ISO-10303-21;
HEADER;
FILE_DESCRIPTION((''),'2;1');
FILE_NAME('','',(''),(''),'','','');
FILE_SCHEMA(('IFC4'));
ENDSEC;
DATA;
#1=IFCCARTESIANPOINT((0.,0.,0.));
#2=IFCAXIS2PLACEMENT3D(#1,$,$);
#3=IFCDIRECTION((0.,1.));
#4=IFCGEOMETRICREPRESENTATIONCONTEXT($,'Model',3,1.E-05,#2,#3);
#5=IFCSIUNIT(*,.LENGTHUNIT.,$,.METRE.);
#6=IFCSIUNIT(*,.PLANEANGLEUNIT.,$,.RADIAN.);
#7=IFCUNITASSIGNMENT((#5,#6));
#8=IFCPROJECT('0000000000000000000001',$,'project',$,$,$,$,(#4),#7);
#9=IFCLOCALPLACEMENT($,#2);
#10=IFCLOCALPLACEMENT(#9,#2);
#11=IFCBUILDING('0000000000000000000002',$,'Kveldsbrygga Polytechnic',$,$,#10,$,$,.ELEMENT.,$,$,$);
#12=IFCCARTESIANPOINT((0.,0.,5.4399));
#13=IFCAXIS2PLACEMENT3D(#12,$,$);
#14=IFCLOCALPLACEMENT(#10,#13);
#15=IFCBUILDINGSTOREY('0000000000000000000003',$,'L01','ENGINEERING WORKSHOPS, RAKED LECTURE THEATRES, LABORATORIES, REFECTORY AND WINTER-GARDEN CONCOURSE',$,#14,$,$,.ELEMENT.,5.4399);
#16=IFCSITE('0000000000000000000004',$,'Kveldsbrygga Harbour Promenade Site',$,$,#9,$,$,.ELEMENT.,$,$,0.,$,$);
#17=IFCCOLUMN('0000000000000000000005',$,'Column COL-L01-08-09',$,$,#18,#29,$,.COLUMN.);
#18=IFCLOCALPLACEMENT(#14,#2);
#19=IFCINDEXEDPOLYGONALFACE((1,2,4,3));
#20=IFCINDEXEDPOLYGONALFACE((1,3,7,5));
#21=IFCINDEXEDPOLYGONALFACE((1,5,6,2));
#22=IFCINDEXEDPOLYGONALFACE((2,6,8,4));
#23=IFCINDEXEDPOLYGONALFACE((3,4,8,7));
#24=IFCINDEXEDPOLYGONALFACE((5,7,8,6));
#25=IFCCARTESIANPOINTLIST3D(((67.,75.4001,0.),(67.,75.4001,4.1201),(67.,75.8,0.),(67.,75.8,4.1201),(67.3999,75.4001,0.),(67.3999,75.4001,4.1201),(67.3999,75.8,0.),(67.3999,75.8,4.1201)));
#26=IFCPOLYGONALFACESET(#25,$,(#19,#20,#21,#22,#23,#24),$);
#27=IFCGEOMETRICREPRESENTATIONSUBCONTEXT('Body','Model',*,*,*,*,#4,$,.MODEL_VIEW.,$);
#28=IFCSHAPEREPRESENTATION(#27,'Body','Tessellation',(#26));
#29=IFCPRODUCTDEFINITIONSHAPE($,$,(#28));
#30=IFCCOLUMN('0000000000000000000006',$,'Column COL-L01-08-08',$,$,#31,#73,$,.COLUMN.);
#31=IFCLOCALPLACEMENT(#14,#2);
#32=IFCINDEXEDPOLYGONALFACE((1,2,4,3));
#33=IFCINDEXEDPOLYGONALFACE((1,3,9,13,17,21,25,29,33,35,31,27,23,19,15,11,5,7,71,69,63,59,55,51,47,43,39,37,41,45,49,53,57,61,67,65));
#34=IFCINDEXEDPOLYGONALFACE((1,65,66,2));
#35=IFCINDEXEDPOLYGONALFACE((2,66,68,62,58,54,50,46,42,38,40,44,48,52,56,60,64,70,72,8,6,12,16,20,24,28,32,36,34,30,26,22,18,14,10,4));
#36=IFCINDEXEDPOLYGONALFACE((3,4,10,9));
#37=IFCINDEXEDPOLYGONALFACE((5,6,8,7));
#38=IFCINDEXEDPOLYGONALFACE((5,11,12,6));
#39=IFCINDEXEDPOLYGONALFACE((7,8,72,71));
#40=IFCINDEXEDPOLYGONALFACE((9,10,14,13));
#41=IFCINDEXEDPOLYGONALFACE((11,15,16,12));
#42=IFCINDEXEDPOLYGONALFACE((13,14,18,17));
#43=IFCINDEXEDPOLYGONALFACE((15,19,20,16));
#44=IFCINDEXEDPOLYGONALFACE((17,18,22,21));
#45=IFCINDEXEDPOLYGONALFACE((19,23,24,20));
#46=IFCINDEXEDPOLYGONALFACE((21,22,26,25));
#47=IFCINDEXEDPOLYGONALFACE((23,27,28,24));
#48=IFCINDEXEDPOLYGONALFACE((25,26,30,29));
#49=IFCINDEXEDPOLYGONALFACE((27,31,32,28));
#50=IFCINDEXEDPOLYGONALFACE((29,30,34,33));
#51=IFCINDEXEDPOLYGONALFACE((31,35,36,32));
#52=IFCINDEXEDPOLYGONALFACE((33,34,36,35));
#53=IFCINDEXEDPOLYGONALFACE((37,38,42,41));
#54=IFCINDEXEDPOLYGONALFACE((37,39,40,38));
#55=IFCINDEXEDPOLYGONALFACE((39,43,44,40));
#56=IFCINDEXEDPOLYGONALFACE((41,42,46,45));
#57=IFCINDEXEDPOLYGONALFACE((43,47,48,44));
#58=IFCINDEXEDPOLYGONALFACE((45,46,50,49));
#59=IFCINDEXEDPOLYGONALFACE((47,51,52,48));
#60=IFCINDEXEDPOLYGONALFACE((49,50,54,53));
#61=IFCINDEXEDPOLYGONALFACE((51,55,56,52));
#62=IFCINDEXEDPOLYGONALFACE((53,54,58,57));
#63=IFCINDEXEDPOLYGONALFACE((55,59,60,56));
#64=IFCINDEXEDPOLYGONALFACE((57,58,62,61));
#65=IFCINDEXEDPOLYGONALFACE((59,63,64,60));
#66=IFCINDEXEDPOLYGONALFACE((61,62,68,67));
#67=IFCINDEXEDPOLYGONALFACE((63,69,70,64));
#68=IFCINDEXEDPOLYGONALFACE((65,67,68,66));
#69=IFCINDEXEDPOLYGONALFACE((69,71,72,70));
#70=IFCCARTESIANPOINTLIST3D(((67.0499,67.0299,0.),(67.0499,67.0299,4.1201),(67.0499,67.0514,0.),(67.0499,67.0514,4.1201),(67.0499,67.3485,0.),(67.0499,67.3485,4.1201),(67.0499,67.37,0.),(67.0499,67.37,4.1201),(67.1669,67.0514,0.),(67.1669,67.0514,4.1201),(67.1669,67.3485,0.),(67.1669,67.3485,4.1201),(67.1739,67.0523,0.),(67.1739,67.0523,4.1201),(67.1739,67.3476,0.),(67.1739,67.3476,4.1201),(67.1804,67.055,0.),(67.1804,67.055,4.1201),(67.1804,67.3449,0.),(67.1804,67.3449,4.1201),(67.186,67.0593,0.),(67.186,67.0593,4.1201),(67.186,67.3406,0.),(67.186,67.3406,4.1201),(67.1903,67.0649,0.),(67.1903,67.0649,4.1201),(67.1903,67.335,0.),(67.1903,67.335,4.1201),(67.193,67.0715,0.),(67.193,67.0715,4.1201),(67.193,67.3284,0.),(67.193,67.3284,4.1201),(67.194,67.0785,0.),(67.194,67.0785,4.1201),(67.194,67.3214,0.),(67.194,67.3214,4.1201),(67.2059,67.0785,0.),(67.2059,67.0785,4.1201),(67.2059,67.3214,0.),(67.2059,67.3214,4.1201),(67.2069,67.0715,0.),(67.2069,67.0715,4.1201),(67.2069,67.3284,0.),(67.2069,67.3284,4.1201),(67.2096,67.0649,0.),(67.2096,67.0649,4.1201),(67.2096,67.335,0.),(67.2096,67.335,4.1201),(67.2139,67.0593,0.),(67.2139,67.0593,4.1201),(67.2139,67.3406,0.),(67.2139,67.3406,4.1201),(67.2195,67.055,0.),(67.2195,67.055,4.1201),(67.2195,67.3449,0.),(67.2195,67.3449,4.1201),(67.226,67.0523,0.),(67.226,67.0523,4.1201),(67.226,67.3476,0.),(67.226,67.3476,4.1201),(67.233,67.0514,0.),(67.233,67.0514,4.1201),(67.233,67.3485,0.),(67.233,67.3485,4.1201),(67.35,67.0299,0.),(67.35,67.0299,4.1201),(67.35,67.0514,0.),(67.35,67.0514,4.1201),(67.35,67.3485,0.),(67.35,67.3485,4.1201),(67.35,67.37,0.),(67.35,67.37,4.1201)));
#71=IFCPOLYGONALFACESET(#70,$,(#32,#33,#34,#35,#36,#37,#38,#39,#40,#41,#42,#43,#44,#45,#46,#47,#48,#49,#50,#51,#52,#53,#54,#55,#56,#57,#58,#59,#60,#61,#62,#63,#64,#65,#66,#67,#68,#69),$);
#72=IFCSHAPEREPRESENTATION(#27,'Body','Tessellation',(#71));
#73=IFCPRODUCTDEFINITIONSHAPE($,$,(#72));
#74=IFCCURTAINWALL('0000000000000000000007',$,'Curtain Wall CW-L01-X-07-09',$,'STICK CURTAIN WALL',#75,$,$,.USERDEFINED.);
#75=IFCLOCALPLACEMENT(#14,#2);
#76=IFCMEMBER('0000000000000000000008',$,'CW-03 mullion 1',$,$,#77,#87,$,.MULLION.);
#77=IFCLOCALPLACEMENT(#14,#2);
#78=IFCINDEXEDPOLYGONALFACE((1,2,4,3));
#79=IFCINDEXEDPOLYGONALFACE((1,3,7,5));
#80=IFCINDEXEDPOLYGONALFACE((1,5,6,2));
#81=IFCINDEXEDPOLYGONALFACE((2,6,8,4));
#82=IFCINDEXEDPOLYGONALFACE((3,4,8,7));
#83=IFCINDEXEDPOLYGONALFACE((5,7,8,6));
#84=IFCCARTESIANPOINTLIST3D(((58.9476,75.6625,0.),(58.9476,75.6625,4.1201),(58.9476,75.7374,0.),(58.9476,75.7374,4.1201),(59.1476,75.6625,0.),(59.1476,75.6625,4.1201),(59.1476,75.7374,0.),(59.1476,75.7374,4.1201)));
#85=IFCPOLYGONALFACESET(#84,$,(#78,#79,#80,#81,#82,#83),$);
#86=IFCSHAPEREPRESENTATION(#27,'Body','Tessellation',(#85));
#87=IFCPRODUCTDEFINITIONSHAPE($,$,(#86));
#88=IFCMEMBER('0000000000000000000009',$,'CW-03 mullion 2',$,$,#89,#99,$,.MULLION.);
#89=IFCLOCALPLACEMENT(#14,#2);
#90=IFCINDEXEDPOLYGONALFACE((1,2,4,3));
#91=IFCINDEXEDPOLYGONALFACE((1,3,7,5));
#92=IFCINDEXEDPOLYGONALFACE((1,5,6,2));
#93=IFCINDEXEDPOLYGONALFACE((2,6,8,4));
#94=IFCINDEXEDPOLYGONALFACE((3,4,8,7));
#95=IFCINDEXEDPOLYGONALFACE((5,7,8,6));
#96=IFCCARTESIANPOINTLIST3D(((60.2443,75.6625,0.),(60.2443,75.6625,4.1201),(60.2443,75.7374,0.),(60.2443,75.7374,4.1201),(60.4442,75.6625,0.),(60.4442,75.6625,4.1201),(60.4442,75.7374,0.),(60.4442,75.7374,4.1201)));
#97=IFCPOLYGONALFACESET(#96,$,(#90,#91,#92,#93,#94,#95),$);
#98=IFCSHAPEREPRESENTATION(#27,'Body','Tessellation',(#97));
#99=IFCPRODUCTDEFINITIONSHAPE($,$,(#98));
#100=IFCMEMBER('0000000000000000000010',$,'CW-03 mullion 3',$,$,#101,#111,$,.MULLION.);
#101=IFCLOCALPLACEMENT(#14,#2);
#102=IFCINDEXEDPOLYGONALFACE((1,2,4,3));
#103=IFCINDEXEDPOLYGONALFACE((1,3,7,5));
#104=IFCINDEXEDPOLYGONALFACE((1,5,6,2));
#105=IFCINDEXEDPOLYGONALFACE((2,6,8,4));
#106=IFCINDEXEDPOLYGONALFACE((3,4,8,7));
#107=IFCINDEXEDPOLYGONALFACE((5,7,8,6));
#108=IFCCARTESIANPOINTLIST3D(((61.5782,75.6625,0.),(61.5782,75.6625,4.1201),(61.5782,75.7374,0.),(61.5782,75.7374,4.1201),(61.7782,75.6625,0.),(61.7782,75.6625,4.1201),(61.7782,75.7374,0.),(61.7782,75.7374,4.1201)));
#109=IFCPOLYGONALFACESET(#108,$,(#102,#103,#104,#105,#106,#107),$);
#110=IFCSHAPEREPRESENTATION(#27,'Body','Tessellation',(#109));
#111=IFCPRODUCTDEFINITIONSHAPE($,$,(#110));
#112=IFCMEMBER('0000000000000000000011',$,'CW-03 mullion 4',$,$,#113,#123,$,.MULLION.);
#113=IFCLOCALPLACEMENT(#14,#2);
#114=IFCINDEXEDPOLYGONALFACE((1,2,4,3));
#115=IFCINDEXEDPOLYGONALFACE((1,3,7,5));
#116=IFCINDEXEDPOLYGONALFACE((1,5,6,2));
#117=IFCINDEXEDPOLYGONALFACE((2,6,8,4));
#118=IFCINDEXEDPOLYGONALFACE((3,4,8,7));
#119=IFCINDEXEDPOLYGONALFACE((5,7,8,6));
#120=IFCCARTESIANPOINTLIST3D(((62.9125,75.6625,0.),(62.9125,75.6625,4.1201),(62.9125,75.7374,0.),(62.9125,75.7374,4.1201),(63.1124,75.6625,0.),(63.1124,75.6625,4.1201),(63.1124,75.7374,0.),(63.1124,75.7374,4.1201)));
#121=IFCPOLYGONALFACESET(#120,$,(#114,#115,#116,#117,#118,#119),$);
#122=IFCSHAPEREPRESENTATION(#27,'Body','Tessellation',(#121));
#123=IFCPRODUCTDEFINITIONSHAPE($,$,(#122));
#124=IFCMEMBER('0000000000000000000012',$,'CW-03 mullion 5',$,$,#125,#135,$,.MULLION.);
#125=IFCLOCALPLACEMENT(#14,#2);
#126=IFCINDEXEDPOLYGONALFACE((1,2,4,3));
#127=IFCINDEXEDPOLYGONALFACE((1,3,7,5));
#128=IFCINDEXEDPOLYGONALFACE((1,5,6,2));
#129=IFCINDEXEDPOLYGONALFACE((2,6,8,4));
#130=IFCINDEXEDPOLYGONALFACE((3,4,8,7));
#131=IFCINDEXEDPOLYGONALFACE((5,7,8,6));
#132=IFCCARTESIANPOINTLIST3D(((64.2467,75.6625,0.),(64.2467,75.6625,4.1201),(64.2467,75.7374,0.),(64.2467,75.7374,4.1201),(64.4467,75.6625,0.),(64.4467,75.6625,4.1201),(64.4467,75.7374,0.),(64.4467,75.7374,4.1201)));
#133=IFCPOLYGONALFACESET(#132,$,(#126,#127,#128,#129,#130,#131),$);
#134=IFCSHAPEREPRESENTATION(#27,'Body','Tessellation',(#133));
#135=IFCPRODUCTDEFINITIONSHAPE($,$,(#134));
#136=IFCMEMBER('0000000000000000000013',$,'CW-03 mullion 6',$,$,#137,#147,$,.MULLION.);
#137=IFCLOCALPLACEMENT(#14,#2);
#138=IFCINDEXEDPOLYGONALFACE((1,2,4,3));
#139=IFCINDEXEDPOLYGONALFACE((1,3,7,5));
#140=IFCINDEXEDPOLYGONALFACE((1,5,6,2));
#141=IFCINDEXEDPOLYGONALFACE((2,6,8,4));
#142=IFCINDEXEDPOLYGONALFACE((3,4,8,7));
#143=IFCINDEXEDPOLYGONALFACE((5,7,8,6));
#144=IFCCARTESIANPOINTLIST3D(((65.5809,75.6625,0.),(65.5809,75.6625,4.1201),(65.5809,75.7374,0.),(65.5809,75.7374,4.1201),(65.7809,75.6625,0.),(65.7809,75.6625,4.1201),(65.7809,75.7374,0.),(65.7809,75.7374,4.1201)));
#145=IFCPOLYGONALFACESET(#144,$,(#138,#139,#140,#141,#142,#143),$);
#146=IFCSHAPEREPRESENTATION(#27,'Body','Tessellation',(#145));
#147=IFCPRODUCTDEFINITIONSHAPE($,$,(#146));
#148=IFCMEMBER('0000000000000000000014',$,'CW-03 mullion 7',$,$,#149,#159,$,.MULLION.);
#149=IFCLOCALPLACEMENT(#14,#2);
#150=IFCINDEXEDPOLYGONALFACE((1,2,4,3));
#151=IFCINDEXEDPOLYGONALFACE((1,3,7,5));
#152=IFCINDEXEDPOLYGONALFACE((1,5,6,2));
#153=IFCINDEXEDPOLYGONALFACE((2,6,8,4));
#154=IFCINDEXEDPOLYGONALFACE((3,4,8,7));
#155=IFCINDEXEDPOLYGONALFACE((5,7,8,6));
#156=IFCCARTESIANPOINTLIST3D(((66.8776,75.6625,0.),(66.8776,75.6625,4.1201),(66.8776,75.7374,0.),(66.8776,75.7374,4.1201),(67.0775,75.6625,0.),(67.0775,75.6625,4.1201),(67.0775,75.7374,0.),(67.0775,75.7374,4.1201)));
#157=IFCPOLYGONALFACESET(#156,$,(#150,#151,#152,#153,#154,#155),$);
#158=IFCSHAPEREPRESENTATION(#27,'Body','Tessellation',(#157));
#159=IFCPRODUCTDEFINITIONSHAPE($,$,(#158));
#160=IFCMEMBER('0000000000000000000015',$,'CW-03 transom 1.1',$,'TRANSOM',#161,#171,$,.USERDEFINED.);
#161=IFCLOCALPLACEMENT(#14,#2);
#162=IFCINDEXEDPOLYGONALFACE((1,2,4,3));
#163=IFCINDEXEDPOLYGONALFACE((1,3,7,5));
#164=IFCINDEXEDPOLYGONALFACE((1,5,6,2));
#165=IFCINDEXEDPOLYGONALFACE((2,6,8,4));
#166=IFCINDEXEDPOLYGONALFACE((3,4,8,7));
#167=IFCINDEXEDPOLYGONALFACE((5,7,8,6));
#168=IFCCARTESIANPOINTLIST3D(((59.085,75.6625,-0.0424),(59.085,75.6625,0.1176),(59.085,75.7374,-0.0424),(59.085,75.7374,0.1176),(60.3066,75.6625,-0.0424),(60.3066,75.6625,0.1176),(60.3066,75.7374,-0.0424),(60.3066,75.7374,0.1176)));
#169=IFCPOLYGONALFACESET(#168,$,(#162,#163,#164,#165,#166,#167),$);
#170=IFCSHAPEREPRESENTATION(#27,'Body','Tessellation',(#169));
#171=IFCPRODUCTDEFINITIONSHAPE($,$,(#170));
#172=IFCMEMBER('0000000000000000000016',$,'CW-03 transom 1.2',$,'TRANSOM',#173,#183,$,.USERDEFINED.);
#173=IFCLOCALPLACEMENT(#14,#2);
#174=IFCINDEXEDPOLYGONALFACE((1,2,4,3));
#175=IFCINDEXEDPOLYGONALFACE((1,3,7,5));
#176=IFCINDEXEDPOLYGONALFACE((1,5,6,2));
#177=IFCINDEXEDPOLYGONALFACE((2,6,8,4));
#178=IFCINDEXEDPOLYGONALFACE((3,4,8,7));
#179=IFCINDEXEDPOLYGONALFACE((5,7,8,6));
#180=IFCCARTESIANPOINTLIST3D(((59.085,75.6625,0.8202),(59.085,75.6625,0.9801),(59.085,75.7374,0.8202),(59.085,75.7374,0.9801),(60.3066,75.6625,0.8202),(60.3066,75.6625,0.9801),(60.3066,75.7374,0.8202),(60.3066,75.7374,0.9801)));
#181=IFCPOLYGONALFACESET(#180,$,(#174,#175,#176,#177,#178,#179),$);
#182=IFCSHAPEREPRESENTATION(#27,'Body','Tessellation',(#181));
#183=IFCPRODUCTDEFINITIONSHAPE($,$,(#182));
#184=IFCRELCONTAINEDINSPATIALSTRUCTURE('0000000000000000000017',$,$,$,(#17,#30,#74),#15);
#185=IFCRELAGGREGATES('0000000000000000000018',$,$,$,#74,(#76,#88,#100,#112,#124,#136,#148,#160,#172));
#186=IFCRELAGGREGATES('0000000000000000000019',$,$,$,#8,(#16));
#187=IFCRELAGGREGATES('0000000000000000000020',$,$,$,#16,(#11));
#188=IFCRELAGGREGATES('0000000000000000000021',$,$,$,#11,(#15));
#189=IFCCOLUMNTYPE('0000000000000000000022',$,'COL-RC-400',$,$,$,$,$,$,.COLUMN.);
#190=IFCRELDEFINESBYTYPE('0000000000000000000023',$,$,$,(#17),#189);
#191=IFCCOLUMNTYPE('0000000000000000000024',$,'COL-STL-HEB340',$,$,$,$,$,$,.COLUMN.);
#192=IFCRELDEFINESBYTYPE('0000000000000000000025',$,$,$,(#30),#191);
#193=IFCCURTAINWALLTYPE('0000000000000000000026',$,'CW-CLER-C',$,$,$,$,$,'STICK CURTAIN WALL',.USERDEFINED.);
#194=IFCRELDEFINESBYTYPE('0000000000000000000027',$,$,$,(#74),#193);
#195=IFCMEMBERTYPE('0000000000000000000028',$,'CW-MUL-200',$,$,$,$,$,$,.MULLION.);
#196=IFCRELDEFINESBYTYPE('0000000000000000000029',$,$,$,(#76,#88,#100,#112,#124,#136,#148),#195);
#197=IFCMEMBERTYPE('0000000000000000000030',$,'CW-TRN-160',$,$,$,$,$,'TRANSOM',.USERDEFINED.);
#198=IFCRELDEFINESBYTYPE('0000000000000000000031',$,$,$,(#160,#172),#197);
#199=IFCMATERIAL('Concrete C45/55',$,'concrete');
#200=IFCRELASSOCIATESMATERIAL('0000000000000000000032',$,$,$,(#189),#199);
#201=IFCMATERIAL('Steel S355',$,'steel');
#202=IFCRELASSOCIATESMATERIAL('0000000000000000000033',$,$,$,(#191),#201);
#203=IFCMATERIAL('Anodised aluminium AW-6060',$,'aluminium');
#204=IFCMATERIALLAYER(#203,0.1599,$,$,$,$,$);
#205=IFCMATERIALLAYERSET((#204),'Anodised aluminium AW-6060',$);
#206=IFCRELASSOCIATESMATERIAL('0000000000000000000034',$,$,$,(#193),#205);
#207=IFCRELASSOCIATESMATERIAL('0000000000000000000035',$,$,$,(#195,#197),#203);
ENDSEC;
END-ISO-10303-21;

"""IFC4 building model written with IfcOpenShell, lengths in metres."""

from ifc_helpers import new_model, si_unit, direction, frame, origin, origin_2d, place, context, subcontext, project, spatial, rectangle, i_section, extrude, material, layer, layer_set, material_profile, profile_set, type_object, element, aggregate, save


model = new_model("IFC4")

# Units and contexts
model_context = context("Model", 3, precision=1e-05, world=origin(), true_north=direction((0.0, 1.0)))
body_context = subcontext(model_context, "Body", "Model", "MODEL_VIEW")
ifc_project = project(units=[si_unit("LENGTHUNIT", "METRE"), si_unit("PLANEANGLEUNIT", "RADIAN")], contexts=[model_context])

# Site, building, storey
site_placement = place(None, origin())
site = spatial("IfcSite", under=ifc_project, at=site_placement, Name="Kveldsbrygga Harbour Promenade Site", CompositionType="ELEMENT", RefElevation=0.0)
building_placement = place(site_placement, origin())
building = spatial("IfcBuilding", under=site, at=building_placement, Name="Kveldsbrygga Polytechnic", CompositionType="ELEMENT")
storey_placement = place(building_placement, frame((0.0, 0.0, 5.4399)))
storey = spatial("IfcBuildingStorey", under=building, at=storey_placement, Name="L01", Description="ENGINEERING WORKSHOPS, RAKED LECTURE THEATRES, LABORATORIES, REFECTORY AND WINTER-GARDEN CONCOURSE", CompositionType="ELEMENT", Elevation=5.4399)

# Columns
ifc_material_1 = material(Name="Concrete C45/55", Category="concrete")
ifc_material_profile_1 = material_profile(ifc_material_1, rectangle(XDim=0.3999, YDim=0.3999, at=origin_2d()), Name="RC 400x400")
ifc_profile_set_1 = profile_set([ifc_material_profile_1], Name="Concrete C45/55")
column_type_1 = type_object("IfcColumnType", Name="COL-RC-400", PredefinedType="COLUMN", material=ifc_profile_set_1)
column_1_placement = place(storey_placement, frame((67.2, 75.6001, 0.0), z_axis=(0.0, 0.0, 1.0), x_axis=(1.0, 0.0, 0.0)))
element("IfcColumn", 1, at=column_1_placement, inside=storey, type_object=column_type_1, Name="Column COL-L01-08-09", PredefinedType="COLUMN", context=body_context, shape_type="SweptSolid", body=[
    extrude(rectangle(XDim=0.3999, YDim=0.3999, at=origin_2d()), origin(), (0.0, 0.0, 1.0), 4.1201),
])
ifc_material_2 = material(Name="Steel S355", Category="steel")
ifc_material_profile_2 = material_profile(ifc_material_2, i_section(OverallWidth=0.3, OverallDepth=0.3401, WebThickness=0.012, FlangeThickness=0.0215, FilletRadius=0.0271, at=origin_2d()), Name="HEB 340")
ifc_profile_set_2 = profile_set([ifc_material_profile_2], Name="Steel S355")
column_type_2 = type_object("IfcColumnType", Name="COL-STL-HEB340", PredefinedType="COLUMN", material=ifc_profile_set_2)
column_2_placement = place(storey_placement, frame((67.2, 67.2, 0.0), z_axis=(0.0, 0.0, 1.0), x_axis=(1.0, 0.0, 0.0)))
element("IfcColumn", 2, at=column_2_placement, inside=storey, type_object=column_type_2, Name="Column COL-L01-08-08", PredefinedType="COLUMN", context=body_context, shape_type="SweptSolid", body=[
    extrude(i_section(OverallWidth=0.3, OverallDepth=0.3401, WebThickness=0.012, FlangeThickness=0.0215, FilletRadius=0.0271, at=origin_2d()), origin(), (0.0, 0.0, 1.0), 4.1201),
])

# Curtain wall, members
ifc_material_3 = material(Name="Anodised aluminium AW-6060", Category="aluminium")
ifc_layer_1 = layer(ifc_material_3, 0.1599)
ifc_layer_set_1 = layer_set([ifc_layer_1], Name="Anodised aluminium AW-6060")
curtain_wall_type = type_object("IfcCurtainWallType", Name="CW-CLER-C", ElementType="STICK CURTAIN WALL", PredefinedType="USERDEFINED", material=ifc_layer_set_1)
curtain_wall_placement = place(storey_placement, origin())
curtain_wall = element("IfcCurtainWall", 3, at=curtain_wall_placement, inside=storey, type_object=curtain_wall_type, Name="Curtain Wall CW-L01-X-07-09", ObjectType="STICK CURTAIN WALL", PredefinedType="USERDEFINED")
ifc_material_profile_3 = material_profile(ifc_material_3, rectangle(XDim=0.075, YDim=0.2, at=origin_2d()), Name="ALU 75x200")
ifc_profile_set_3 = profile_set([ifc_material_profile_3], Name="Anodised aluminium AW-6060")
member_type_1 = type_object("IfcMemberType", Name="CW-MUL-200", PredefinedType="MULLION", material=ifc_profile_set_3)
member_1_placement = place(storey_placement, frame((59.0476, 75.7, 0.0), z_axis=(0.0, 0.0, 1.0), x_axis=(0.0, 1.0, 0.0)))
member_1 = element("IfcMember", 4, at=member_1_placement, type_object=member_type_1, Name="CW-03 mullion 1", PredefinedType="MULLION", context=body_context, shape_type="SweptSolid", body=[
    extrude(rectangle(XDim=0.075, YDim=0.2, at=origin_2d()), origin(), (0.0, 0.0, 1.0), 4.1201),
])
member_2_placement = place(storey_placement, frame((60.3442, 75.7, 0.0), z_axis=(0.0, 0.0, 1.0), x_axis=(0.0, 1.0, 0.0)))
member_2 = element("IfcMember", 5, at=member_2_placement, type_object=member_type_1, Name="CW-03 mullion 2", PredefinedType="MULLION", context=body_context, shape_type="SweptSolid", body=[
    extrude(rectangle(XDim=0.075, YDim=0.2, at=origin_2d()), origin(), (0.0, 0.0, 1.0), 4.1201),
])
member_3_placement = place(storey_placement, frame((61.6782, 75.7, 0.0), z_axis=(0.0, 0.0, 1.0), x_axis=(0.0, 1.0, 0.0)))
member_3 = element("IfcMember", 6, at=member_3_placement, type_object=member_type_1, Name="CW-03 mullion 3", PredefinedType="MULLION", context=body_context, shape_type="SweptSolid", body=[
    extrude(rectangle(XDim=0.075, YDim=0.2, at=origin_2d()), origin(), (0.0, 0.0, 1.0), 4.1201),
])
member_4_placement = place(storey_placement, frame((63.0125, 75.7, 0.0), z_axis=(0.0, 0.0, 1.0), x_axis=(0.0, 1.0, 0.0)))
member_4 = element("IfcMember", 7, at=member_4_placement, type_object=member_type_1, Name="CW-03 mullion 4", PredefinedType="MULLION", context=body_context, shape_type="SweptSolid", body=[
    extrude(rectangle(XDim=0.075, YDim=0.2, at=origin_2d()), origin(), (0.0, 0.0, 1.0), 4.1201),
])
member_5_placement = place(storey_placement, frame((64.3467, 75.7, 0.0), z_axis=(0.0, 0.0, 1.0), x_axis=(0.0, 1.0, 0.0)))
member_5 = element("IfcMember", 8, at=member_5_placement, type_object=member_type_1, Name="CW-03 mullion 5", PredefinedType="MULLION", context=body_context, shape_type="SweptSolid", body=[
    extrude(rectangle(XDim=0.075, YDim=0.2, at=origin_2d()), origin(), (0.0, 0.0, 1.0), 4.1201),
])
member_6_placement = place(storey_placement, frame((65.6809, 75.7, 0.0), z_axis=(0.0, 0.0, 1.0), x_axis=(0.0, 1.0, 0.0)))
member_6 = element("IfcMember", 9, at=member_6_placement, type_object=member_type_1, Name="CW-03 mullion 6", PredefinedType="MULLION", context=body_context, shape_type="SweptSolid", body=[
    extrude(rectangle(XDim=0.075, YDim=0.2, at=origin_2d()), origin(), (0.0, 0.0, 1.0), 4.1201),
])
member_7_placement = place(storey_placement, frame((66.9775, 75.7, 0.0), z_axis=(0.0, 0.0, 1.0), x_axis=(0.0, 1.0, 0.0)))
member_7 = element("IfcMember", 10, at=member_7_placement, type_object=member_type_1, Name="CW-03 mullion 7", PredefinedType="MULLION", context=body_context, shape_type="SweptSolid", body=[
    extrude(rectangle(XDim=0.075, YDim=0.2, at=origin_2d()), origin(), (0.0, 0.0, 1.0), 4.1201),
])
ifc_material_profile_4 = material_profile(ifc_material_3, rectangle(XDim=0.075, YDim=0.1599, at=origin_2d()), Name="ALU 75x160")
ifc_profile_set_4 = profile_set([ifc_material_profile_4], Name="Anodised aluminium AW-6060")
member_type_2 = type_object("IfcMemberType", Name="CW-TRN-160", ElementType="TRANSOM", PredefinedType="USERDEFINED", material=ifc_profile_set_4)
member_8_placement = place(storey_placement, frame((59.085, 75.7, 0.0376), z_axis=(1.0, 0.0, 0.0), x_axis=(0.0, 1.0, 0.0)))
member_8 = element("IfcMember", 11, at=member_8_placement, type_object=member_type_2, Name="CW-03 transom 1.1", ObjectType="TRANSOM", PredefinedType="USERDEFINED", context=body_context, shape_type="SweptSolid", body=[
    extrude(rectangle(XDim=0.075, YDim=0.1599, at=origin_2d()), origin(), (0.0, 0.0, 1.0), 1.2217),
])
member_9_placement = place(storey_placement, frame((59.085, 75.7, 0.9001), z_axis=(1.0, 0.0, 0.0), x_axis=(0.0, 1.0, 0.0)))
member_9 = element("IfcMember", 12, at=member_9_placement, type_object=member_type_2, Name="CW-03 transom 1.2", ObjectType="TRANSOM", PredefinedType="USERDEFINED", context=body_context, shape_type="SweptSolid", body=[
    extrude(rectangle(XDim=0.075, YDim=0.1599, at=origin_2d()), origin(), (0.0, 0.0, 1.0), 1.2217),
])
aggregate(curtain_wall, [member_1, member_2, member_3, member_4, member_5, member_6, member_7, member_8, member_9])

save(model, "model.ifc")
